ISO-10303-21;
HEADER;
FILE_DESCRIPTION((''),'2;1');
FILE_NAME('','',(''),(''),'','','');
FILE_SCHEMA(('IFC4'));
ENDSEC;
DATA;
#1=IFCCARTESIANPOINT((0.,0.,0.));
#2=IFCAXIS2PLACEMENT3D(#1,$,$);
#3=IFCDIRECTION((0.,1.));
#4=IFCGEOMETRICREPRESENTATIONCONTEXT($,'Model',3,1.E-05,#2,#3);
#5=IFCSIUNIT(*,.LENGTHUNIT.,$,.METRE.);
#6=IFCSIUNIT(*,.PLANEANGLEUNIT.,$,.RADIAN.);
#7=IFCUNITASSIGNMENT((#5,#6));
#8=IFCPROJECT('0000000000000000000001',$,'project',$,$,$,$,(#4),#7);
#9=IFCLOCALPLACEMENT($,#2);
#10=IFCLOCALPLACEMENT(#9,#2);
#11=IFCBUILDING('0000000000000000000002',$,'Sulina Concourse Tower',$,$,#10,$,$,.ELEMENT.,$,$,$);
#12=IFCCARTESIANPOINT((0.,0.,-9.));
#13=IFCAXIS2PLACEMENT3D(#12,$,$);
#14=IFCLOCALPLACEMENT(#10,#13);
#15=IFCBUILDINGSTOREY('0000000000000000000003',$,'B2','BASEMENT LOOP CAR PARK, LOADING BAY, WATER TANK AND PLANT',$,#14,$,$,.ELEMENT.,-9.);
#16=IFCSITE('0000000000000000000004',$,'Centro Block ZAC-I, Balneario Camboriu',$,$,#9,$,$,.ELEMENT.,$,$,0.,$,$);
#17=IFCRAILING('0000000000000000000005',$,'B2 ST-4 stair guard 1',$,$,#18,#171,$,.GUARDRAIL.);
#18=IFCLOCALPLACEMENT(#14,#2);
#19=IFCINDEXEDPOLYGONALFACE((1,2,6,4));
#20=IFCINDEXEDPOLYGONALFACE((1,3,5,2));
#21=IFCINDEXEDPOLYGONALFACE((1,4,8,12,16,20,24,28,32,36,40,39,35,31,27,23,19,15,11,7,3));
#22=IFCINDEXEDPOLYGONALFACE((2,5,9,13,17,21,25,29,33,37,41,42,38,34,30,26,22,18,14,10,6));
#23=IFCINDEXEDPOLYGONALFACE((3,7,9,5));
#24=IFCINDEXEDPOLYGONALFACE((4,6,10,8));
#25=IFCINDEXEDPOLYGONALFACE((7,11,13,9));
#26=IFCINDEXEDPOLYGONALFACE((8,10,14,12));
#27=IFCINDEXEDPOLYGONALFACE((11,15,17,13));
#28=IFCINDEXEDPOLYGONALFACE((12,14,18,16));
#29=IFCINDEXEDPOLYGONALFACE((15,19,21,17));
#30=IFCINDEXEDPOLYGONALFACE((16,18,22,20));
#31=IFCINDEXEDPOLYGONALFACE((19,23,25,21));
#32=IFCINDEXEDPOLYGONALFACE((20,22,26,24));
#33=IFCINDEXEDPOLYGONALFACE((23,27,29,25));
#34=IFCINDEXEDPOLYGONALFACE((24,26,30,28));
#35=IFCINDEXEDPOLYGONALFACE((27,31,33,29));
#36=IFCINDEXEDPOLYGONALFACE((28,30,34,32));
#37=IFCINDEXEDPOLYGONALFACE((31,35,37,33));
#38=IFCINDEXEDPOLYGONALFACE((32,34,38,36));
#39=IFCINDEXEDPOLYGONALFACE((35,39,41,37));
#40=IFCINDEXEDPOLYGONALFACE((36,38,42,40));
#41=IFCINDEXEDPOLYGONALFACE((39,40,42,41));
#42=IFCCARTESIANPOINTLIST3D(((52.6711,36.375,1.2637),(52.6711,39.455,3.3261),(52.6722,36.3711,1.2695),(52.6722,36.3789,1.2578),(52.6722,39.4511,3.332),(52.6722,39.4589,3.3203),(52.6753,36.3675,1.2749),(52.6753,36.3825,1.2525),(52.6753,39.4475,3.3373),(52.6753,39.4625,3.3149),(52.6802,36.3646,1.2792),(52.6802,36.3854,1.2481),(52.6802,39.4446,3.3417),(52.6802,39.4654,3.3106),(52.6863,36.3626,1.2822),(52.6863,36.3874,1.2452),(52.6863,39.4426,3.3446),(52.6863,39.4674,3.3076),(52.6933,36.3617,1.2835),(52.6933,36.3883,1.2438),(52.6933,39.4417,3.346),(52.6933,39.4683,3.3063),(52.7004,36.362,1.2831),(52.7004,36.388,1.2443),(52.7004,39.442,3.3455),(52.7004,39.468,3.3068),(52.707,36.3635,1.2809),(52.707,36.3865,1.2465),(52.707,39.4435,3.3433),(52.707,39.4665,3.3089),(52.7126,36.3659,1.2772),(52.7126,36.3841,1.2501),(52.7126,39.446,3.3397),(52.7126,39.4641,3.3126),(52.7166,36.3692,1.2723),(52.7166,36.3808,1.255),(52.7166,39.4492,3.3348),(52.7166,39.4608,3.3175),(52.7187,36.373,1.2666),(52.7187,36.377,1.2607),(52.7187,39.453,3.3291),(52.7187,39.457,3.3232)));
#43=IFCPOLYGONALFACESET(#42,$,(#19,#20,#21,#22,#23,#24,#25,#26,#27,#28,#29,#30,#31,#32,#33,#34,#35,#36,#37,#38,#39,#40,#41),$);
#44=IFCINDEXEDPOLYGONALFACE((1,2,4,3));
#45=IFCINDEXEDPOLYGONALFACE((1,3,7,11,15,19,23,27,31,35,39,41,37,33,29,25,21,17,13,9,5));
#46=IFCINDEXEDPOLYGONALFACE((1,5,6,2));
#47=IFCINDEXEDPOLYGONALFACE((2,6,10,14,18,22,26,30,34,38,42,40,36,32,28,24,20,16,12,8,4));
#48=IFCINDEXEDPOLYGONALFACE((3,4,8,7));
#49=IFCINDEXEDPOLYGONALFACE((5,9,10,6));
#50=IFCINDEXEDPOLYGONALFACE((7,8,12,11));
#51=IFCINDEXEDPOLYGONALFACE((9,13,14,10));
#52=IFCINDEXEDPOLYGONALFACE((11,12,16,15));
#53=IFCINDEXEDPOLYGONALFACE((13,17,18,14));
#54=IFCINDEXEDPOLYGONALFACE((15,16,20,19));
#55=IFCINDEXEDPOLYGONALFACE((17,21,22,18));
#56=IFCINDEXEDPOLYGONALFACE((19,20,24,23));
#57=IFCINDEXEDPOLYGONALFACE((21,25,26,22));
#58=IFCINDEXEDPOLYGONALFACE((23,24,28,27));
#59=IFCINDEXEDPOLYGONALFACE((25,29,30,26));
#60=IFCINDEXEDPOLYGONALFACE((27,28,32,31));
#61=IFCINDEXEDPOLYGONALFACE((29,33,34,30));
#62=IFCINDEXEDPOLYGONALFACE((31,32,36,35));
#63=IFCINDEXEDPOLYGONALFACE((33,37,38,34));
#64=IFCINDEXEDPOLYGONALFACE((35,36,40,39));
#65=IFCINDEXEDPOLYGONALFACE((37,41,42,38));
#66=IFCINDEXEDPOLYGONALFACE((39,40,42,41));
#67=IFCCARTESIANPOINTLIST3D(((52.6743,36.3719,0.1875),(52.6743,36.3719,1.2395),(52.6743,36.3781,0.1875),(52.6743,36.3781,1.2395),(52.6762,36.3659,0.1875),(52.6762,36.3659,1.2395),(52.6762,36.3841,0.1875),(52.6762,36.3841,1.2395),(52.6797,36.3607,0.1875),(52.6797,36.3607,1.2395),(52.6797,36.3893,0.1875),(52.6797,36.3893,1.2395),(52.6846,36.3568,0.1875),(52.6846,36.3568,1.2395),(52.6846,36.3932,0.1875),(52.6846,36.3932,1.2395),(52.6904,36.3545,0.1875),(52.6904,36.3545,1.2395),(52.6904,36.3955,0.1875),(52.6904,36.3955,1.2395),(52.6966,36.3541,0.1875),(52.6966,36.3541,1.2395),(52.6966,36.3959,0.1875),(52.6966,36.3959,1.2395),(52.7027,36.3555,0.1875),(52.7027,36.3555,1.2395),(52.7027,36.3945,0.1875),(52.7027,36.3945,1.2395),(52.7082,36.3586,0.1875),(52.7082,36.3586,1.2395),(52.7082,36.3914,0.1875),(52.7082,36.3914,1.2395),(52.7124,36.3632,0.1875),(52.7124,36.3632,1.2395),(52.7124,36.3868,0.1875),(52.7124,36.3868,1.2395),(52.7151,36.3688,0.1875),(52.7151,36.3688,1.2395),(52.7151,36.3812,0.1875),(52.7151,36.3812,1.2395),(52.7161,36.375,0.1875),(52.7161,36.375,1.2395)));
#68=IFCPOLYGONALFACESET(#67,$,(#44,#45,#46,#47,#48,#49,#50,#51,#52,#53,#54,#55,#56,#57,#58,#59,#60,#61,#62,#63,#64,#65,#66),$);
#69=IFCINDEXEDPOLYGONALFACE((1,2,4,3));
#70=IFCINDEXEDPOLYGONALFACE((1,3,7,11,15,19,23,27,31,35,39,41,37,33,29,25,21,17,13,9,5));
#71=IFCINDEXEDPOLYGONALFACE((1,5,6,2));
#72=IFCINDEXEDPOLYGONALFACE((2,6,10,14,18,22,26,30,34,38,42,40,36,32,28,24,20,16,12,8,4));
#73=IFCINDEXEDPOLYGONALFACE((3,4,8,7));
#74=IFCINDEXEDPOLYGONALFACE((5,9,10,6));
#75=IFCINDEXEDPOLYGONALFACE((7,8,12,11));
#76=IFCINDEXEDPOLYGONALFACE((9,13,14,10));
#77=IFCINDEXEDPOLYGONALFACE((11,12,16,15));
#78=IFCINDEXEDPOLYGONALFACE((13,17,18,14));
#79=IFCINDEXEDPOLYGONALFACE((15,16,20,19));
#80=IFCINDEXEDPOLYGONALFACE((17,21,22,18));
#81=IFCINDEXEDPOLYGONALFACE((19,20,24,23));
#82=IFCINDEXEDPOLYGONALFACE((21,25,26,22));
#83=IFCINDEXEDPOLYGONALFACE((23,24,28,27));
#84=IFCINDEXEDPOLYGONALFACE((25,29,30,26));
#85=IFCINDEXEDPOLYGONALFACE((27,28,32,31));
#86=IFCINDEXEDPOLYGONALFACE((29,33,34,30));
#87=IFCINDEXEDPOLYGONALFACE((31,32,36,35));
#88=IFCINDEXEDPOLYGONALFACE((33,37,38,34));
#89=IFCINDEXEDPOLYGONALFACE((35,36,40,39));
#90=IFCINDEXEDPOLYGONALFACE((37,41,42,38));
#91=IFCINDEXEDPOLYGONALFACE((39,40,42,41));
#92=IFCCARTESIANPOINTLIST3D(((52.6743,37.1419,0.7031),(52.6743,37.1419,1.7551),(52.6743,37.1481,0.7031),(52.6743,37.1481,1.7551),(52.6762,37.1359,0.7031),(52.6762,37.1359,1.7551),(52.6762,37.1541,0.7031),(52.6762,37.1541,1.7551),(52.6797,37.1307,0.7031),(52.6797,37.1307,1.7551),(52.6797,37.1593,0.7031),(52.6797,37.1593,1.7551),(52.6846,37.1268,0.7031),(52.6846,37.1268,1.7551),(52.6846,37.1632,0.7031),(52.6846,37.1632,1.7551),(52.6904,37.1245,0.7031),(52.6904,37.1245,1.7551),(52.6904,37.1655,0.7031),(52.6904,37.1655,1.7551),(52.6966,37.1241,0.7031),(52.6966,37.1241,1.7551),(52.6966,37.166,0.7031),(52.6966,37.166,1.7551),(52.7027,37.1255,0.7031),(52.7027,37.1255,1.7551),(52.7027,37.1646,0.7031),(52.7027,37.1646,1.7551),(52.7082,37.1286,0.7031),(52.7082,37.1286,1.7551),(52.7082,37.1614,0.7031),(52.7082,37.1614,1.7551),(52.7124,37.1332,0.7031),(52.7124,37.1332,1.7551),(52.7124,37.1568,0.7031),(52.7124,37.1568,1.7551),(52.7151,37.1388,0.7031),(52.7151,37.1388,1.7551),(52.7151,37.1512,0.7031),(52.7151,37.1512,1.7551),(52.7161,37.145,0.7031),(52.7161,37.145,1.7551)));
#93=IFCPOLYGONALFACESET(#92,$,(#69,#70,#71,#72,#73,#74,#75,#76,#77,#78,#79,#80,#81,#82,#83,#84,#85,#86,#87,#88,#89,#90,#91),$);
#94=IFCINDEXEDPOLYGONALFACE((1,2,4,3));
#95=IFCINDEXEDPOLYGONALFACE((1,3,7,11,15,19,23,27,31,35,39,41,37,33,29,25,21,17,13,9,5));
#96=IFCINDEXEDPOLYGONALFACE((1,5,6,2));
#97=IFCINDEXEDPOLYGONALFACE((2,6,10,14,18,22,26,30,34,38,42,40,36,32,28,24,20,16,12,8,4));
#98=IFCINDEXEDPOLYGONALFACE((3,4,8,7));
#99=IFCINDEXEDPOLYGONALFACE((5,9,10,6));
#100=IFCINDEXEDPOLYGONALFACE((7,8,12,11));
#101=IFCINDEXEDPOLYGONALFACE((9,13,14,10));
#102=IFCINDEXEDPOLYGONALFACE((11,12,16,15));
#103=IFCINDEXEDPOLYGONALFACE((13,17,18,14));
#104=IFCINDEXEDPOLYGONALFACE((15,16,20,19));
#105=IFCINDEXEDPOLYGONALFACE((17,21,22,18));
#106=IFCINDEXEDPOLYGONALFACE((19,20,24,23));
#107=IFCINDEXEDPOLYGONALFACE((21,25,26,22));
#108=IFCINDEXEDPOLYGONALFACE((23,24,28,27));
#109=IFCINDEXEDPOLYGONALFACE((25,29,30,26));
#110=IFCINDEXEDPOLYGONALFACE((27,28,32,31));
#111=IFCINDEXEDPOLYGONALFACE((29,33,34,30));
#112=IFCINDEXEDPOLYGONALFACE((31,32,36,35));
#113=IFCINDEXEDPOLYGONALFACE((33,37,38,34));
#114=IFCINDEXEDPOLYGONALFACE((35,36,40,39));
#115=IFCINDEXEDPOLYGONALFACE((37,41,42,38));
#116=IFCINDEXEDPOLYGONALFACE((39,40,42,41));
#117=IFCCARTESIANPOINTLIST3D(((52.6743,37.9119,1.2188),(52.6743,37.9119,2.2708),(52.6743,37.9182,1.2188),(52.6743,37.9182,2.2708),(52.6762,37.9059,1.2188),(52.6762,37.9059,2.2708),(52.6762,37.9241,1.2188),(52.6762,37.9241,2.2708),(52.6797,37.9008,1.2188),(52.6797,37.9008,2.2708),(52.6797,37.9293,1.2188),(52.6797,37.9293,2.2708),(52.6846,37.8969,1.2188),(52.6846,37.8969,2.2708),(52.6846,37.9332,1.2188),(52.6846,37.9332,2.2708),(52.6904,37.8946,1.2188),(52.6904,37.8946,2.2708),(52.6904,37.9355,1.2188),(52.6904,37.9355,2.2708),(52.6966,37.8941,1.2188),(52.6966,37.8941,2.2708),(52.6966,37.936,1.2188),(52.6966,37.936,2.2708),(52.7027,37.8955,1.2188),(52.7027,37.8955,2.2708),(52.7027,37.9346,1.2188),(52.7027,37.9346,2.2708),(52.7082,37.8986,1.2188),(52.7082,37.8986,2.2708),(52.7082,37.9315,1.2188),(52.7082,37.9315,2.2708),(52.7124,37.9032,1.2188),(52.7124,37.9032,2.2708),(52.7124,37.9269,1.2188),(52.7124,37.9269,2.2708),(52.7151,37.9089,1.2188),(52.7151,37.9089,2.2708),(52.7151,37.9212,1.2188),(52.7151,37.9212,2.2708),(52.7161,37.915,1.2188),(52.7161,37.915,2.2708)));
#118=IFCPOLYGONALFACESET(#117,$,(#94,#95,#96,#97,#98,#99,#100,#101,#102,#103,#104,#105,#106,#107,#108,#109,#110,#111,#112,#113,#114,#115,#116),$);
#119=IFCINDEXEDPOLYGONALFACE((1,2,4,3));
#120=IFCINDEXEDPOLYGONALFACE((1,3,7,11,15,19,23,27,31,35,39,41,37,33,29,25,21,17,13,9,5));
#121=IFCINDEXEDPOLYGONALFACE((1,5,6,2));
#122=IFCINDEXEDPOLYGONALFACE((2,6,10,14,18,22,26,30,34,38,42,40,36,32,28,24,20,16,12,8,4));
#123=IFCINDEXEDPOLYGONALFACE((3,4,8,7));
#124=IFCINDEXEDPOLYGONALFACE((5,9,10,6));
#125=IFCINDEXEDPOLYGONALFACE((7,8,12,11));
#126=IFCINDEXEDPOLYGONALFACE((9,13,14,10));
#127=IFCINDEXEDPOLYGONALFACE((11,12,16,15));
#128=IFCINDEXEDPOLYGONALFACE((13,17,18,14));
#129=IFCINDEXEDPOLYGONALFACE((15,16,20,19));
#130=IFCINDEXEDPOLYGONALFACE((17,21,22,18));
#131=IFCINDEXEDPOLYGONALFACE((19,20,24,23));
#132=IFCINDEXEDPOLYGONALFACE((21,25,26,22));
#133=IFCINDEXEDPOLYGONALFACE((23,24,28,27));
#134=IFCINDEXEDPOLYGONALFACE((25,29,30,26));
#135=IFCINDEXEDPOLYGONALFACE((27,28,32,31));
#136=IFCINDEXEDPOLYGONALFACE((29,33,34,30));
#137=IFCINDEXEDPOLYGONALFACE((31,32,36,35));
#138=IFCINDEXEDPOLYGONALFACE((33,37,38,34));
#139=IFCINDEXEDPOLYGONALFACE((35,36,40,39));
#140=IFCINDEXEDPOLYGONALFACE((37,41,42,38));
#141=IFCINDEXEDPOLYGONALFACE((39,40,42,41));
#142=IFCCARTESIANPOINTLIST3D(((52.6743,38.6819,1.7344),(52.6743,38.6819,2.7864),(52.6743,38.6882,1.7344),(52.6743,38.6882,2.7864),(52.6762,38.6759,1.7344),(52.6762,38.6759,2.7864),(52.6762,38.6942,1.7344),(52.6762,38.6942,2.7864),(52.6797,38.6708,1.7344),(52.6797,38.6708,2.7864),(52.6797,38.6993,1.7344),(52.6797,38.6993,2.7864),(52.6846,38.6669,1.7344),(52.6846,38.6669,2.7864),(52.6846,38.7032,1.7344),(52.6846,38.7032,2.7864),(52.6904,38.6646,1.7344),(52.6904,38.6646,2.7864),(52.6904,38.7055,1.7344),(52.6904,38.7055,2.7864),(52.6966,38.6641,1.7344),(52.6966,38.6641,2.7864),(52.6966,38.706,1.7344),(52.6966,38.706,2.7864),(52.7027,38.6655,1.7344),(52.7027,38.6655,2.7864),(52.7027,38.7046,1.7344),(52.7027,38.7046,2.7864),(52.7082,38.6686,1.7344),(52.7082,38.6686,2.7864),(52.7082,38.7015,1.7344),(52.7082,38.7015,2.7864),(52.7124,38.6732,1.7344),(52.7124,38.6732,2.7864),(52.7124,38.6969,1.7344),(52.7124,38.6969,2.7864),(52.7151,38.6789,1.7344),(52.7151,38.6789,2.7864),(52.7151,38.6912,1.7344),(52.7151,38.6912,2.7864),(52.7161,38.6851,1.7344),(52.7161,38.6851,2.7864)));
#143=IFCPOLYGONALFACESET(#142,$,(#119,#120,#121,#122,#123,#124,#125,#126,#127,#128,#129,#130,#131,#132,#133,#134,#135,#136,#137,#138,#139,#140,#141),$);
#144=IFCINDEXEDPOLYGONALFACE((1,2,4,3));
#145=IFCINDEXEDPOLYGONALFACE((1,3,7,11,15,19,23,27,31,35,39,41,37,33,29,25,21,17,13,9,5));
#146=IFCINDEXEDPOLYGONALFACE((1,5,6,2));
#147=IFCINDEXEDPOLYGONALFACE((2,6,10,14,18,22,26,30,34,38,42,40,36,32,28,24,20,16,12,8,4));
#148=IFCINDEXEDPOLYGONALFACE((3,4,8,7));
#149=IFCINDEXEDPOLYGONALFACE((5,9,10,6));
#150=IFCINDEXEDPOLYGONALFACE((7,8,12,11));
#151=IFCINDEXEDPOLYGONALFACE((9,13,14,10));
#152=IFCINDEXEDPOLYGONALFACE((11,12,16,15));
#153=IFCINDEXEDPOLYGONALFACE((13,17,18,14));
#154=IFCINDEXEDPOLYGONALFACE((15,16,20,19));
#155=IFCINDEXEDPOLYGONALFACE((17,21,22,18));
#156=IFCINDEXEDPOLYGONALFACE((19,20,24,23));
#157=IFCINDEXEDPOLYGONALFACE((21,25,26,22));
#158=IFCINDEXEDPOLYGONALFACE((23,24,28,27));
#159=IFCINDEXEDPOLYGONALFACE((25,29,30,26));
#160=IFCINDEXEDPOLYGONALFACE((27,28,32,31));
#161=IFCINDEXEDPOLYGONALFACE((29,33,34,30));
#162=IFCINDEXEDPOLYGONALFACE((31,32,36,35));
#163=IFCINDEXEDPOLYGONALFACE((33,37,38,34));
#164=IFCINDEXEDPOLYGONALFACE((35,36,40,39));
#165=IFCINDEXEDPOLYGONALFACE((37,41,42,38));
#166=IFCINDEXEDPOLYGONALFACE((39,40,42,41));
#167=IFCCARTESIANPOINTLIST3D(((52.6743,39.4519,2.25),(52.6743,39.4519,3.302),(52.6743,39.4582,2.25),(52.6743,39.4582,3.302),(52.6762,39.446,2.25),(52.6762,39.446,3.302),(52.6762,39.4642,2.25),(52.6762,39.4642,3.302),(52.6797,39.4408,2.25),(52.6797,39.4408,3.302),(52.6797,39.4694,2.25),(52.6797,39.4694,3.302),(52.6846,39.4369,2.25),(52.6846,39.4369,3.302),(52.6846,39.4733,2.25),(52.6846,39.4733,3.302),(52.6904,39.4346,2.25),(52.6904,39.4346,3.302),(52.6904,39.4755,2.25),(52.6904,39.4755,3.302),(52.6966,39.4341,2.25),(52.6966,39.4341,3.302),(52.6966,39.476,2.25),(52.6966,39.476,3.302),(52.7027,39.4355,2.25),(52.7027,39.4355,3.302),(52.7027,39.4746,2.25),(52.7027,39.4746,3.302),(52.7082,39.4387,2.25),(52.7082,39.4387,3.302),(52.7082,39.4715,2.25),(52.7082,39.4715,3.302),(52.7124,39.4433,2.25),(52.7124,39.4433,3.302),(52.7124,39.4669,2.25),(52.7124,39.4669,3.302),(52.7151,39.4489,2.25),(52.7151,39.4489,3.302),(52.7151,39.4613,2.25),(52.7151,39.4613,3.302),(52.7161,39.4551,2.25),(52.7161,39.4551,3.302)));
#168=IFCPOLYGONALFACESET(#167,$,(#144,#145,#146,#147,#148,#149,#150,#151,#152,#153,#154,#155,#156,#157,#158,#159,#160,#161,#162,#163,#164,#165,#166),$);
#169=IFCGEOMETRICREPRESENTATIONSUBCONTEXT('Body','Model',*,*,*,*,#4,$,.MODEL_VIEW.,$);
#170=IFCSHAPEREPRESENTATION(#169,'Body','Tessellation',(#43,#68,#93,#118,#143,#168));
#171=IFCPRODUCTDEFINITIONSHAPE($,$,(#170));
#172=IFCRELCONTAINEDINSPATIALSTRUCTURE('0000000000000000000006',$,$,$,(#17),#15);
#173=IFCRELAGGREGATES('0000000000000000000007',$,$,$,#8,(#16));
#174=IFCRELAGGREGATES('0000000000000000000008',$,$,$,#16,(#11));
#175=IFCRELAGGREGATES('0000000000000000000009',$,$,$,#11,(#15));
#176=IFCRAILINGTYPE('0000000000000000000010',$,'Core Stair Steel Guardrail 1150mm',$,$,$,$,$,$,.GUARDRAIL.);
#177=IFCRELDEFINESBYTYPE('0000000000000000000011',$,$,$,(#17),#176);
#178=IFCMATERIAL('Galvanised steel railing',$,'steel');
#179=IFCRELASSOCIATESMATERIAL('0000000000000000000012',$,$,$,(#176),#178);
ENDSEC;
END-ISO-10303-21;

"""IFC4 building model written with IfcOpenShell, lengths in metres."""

from ifc_helpers import new_model, si_unit, direction, frame, origin, origin_2d, place, context, subcontext, project, spatial, circle, extrude, material, type_object, element, save


model = new_model("IFC4")

# Units and contexts
model_context = context("Model", 3, precision=1e-05, world=origin(), true_north=direction((0.0, 1.0)))
body_context = subcontext(model_context, "Body", "Model", "MODEL_VIEW")
ifc_project = project(units=[si_unit("LENGTHUNIT", "METRE"), si_unit("PLANEANGLEUNIT", "RADIAN")], contexts=[model_context])

# Site, building, storey
site_placement = place(None, origin())
site = spatial("IfcSite", under=ifc_project, at=site_placement, Name="Centro Block ZAC-I, Balneario Camboriu", CompositionType="ELEMENT", RefElevation=0.0)
building_placement = place(site_placement, origin())
building = spatial("IfcBuilding", under=site, at=building_placement, Name="Sulina Concourse Tower", CompositionType="ELEMENT")
storey_placement = place(building_placement, frame((0.0, 0.0, -9.0)))
storey = spatial("IfcBuildingStorey", under=building, at=storey_placement, Name="B2", Description="BASEMENT LOOP CAR PARK, LOADING BAY, WATER TANK AND PLANT", CompositionType="ELEMENT", Elevation=-9.0)

# Railing
ifc_material_1 = material(Name="Galvanised steel railing", Category="steel")
railing_type_1 = type_object("IfcRailingType", Name="Core Stair Steel Guardrail 1150mm", PredefinedType="GUARDRAIL", material=ifc_material_1)
railing_1_placement = place(storey_placement, frame((52.6951, 36.375, 0.1875)))
element("IfcRailing", 1, at=railing_1_placement, inside=storey, type_object=railing_type_1, Name="B2 ST-4 stair guard 1", PredefinedType="GUARDRAIL", context=body_context, shape_type="SweptSolid", body=[
    extrude(circle(Radius=0.0239, at=origin_2d()), frame((0.0, 0.0, 1.0762), z_axis=(0.0, 0.830914, 0.556401), x_axis=(-1.0, 0.0, 0.0)), (0.0, 0.0, 1.0), 3.7068),
    extrude(circle(Radius=0.021, at=origin_2d()), origin(), (0.0, 0.0, 1.0), 1.052),
    extrude(circle(Radius=0.021, at=origin_2d()), frame((0.0, 0.77, 0.5156)), (0.0, 0.0, 1.0), 1.052),
    extrude(circle(Radius=0.021, at=origin_2d()), frame((0.0, 1.54, 1.0312)), (0.0, 0.0, 1.0), 1.052),
    extrude(circle(Radius=0.021, at=origin_2d()), frame((0.0, 2.3101, 1.5469)), (0.0, 0.0, 1.0), 1.052),
    extrude(circle(Radius=0.021, at=origin_2d()), frame((0.0, 3.0801, 2.0625)), (0.0, 0.0, 1.0), 1.052),
])

save(model, "model.ifc")
